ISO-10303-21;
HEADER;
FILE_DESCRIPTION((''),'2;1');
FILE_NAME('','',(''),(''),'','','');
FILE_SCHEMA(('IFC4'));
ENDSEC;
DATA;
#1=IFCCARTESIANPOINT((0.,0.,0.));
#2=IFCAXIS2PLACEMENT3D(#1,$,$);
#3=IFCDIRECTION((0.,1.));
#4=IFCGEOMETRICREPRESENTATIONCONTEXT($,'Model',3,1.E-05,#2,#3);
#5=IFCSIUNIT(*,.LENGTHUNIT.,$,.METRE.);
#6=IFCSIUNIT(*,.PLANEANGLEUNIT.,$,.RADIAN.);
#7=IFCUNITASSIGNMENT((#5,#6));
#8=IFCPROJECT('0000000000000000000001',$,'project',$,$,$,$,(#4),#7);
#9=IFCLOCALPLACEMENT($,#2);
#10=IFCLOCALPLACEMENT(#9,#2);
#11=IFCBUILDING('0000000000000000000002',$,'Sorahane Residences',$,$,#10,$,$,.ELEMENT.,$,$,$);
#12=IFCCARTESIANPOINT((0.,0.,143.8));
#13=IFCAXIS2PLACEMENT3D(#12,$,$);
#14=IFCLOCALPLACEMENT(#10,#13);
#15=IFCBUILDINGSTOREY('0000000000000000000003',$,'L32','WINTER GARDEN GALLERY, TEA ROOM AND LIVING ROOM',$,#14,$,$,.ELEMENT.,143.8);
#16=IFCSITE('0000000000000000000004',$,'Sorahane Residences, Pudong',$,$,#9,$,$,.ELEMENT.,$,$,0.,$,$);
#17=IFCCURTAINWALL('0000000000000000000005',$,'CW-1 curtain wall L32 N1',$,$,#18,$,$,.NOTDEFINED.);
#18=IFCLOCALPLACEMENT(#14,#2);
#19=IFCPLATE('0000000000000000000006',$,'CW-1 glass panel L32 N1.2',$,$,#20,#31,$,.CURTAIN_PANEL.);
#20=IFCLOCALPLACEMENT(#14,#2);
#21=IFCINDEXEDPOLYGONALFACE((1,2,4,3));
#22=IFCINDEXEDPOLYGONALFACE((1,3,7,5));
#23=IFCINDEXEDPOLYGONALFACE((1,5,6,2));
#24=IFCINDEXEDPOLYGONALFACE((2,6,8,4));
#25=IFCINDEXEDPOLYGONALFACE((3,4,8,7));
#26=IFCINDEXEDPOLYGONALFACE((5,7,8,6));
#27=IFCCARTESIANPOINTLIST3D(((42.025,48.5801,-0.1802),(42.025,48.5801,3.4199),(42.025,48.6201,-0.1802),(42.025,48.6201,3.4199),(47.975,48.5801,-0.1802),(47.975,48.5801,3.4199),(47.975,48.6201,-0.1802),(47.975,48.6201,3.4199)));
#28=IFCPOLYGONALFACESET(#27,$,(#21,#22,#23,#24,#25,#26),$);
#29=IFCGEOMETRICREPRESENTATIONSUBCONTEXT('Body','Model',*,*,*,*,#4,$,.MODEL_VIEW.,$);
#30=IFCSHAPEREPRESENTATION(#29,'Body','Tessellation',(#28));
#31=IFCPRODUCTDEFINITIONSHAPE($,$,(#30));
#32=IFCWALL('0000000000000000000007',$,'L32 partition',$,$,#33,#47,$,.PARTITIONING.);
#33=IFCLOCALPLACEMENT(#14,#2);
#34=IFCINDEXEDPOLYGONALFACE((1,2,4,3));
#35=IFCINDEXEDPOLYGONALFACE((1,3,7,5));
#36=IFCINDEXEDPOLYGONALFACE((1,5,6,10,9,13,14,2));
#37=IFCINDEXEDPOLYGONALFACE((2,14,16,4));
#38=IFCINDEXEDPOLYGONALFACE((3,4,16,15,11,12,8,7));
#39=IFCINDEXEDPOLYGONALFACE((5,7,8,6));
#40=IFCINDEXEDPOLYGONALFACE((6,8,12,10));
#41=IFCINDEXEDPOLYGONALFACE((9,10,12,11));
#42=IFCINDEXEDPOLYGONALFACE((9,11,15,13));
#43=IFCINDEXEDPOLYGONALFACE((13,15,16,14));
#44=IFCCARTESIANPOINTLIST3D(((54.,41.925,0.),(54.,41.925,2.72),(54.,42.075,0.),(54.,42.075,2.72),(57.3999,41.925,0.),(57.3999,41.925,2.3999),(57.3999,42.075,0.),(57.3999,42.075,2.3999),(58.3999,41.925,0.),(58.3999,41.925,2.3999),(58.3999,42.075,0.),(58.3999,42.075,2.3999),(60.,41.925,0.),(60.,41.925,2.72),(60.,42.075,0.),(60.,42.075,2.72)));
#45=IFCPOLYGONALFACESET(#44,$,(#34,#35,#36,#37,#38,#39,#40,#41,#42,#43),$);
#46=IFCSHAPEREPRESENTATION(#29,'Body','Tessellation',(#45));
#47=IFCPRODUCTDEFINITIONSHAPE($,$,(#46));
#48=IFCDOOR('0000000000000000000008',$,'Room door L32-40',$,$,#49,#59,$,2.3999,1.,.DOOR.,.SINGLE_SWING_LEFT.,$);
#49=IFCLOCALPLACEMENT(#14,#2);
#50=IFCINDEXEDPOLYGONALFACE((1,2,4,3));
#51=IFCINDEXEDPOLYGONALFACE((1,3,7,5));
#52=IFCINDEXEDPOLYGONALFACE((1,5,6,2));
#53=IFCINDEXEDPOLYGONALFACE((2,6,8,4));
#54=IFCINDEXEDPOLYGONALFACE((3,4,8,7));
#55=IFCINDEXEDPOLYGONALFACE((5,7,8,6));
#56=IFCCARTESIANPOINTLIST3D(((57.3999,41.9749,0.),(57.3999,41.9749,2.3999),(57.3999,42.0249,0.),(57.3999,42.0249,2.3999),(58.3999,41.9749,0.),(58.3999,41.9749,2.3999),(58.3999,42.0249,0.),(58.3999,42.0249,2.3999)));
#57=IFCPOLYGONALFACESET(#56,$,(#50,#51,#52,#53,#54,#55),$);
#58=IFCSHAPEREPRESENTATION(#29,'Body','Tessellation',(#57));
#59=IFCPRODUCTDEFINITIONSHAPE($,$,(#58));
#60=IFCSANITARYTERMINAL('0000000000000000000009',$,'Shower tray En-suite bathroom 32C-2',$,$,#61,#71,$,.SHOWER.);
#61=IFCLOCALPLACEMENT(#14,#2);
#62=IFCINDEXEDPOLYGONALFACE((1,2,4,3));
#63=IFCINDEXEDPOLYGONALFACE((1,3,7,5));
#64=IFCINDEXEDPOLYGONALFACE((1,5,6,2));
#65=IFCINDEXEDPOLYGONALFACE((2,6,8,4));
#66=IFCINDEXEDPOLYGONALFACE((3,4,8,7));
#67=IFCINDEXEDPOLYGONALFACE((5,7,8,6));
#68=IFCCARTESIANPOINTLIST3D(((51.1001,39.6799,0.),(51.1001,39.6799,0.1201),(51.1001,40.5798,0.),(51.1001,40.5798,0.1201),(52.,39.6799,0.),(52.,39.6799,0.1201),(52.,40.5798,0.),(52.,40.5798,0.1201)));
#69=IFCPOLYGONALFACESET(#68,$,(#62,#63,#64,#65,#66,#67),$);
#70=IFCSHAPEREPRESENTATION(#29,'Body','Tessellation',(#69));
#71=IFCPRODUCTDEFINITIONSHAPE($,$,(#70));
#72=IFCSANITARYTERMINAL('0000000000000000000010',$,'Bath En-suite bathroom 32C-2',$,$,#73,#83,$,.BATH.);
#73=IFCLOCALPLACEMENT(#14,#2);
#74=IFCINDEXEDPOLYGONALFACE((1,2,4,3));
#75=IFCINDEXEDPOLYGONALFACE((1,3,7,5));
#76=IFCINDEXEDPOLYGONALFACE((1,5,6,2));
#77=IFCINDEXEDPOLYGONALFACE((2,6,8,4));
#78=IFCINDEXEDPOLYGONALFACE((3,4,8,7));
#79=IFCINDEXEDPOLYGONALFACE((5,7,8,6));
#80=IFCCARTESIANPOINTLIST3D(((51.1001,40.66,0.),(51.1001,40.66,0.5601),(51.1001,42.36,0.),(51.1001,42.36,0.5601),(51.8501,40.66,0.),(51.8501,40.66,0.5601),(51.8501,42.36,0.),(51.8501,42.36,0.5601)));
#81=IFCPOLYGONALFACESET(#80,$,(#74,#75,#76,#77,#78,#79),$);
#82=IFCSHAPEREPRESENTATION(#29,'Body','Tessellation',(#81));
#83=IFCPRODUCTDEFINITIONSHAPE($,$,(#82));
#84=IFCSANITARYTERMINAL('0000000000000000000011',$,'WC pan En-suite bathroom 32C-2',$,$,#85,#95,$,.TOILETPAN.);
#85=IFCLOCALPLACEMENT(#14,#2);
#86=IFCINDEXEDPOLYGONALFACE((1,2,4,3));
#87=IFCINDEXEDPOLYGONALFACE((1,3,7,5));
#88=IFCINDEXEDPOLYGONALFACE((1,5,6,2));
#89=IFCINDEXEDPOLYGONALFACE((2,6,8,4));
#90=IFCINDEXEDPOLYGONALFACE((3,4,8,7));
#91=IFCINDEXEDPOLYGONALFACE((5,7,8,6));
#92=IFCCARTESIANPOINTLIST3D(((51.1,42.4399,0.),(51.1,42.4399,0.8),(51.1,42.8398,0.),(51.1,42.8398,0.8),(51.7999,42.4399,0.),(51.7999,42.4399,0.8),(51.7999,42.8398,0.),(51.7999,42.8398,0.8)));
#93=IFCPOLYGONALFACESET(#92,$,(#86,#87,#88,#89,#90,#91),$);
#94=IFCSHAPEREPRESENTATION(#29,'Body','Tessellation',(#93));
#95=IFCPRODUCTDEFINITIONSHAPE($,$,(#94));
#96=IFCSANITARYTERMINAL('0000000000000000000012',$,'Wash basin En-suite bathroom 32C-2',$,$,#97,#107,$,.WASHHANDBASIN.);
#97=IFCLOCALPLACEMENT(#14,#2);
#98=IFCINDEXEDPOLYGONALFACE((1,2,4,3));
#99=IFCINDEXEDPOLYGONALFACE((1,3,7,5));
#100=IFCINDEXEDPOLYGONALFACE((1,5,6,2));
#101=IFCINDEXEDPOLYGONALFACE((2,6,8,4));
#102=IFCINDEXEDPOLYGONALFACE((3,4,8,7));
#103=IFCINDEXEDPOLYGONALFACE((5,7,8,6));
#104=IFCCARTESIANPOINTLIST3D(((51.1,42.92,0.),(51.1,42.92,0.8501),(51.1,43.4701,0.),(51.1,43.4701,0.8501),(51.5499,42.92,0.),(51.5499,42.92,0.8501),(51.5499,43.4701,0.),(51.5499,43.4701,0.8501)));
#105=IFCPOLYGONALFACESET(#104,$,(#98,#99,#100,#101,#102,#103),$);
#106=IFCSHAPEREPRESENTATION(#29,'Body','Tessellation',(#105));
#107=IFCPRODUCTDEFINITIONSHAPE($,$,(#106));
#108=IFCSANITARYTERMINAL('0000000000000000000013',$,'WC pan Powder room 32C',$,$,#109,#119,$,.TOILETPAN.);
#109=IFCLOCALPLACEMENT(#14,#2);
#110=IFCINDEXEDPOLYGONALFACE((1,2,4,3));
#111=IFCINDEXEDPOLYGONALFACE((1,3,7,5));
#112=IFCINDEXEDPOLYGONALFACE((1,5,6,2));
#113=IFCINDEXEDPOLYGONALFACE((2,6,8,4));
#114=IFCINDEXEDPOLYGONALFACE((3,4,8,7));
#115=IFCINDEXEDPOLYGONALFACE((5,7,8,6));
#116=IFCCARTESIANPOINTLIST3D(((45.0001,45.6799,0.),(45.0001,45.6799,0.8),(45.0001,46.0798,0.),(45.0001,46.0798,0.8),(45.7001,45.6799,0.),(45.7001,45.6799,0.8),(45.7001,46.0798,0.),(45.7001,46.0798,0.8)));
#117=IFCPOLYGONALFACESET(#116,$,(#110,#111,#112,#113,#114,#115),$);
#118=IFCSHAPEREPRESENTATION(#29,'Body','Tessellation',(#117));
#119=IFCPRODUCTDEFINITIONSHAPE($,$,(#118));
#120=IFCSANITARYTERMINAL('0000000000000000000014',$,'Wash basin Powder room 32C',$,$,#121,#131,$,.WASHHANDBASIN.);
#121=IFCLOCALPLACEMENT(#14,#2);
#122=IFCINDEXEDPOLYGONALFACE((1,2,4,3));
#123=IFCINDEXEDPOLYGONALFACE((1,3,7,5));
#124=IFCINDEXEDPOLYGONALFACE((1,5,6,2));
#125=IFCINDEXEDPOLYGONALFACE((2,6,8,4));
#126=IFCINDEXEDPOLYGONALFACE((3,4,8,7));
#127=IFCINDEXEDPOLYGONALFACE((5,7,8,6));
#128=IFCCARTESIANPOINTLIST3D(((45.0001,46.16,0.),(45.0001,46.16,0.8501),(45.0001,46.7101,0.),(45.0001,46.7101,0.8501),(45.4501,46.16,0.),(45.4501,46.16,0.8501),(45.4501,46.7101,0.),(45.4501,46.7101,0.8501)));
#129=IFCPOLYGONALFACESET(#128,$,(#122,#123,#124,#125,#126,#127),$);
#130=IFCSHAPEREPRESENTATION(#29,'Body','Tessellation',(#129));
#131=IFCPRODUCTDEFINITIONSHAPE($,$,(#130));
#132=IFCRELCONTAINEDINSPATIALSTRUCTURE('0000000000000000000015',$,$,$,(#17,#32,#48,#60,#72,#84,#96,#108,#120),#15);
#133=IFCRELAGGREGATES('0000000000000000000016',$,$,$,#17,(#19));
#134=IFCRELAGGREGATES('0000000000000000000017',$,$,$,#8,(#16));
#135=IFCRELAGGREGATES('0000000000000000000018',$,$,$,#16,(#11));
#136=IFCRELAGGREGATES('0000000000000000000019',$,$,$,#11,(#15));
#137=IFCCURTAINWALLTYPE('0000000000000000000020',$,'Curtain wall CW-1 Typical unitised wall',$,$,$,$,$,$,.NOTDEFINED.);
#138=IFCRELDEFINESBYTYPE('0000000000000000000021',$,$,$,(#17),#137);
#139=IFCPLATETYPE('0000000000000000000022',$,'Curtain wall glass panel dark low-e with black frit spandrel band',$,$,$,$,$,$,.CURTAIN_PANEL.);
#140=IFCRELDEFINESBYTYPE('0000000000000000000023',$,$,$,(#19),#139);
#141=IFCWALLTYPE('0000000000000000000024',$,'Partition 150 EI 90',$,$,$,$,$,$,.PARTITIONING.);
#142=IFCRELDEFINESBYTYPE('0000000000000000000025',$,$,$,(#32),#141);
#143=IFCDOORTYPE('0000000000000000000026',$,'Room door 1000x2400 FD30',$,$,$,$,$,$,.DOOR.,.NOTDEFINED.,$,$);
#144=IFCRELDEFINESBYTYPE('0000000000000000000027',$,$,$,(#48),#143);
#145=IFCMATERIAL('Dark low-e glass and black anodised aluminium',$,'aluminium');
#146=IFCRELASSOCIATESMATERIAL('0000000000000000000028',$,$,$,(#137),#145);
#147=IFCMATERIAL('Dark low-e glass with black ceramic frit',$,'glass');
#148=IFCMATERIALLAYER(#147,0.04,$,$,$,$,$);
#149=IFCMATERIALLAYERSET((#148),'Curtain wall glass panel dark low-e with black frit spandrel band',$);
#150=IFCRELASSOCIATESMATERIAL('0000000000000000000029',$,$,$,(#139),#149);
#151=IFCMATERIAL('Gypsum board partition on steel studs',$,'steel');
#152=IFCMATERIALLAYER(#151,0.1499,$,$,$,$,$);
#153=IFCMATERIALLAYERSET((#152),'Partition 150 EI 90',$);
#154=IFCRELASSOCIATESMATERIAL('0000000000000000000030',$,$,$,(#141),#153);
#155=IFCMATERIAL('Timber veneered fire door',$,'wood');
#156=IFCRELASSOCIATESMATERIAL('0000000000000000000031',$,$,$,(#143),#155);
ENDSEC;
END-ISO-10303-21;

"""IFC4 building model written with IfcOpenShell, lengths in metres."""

from ifc_helpers import new_model, si_unit, direction, frame, frame_2d, origin, origin_2d, place, context, subcontext, project, spatial, rectangle, extrude, material, layer, layer_set, type_object, element, fill, aggregate, save


model = new_model("IFC4")

# Units and contexts
model_context = context("Model", 3, precision=1e-05, world=origin(), true_north=direction((0.0, 1.0)))
body_context = subcontext(model_context, "Body", "Model", "MODEL_VIEW")
ifc_project = project(units=[si_unit("LENGTHUNIT", "METRE"), si_unit("PLANEANGLEUNIT", "RADIAN")], contexts=[model_context])

# Site, building, storey
site_placement = place(None, origin())
site = spatial("IfcSite", under=ifc_project, at=site_placement, Name="Sorahane Residences, Pudong", CompositionType="ELEMENT", RefElevation=0.0)
building_placement = place(site_placement, origin())
building = spatial("IfcBuilding", under=site, at=building_placement, Name="Sorahane Residences", CompositionType="ELEMENT")
storey_placement = place(building_placement, frame((0.0, 0.0, 143.8)))
storey = spatial("IfcBuildingStorey", under=building, at=storey_placement, Name="L32", Description="WINTER GARDEN GALLERY, TEA ROOM AND LIVING ROOM", CompositionType="ELEMENT", Elevation=143.8)

# Curtain wall
ifc_material_1 = material(Name="Dark low-e glass and black anodised aluminium", Category="aluminium")
curtain_wall_type_1 = type_object("IfcCurtainWallType", Name="Curtain wall CW-1 Typical unitised wall", PredefinedType="NOTDEFINED", material=ifc_material_1)
curtain_wall_1_placement = place(storey_placement, origin())
curtain_wall_1 = element("IfcCurtainWall", 1, at=curtain_wall_1_placement, inside=storey, type_object=curtain_wall_type_1, Name="CW-1 curtain wall L32 N1", PredefinedType="NOTDEFINED")

# Plate
ifc_material_2 = material(Name="Dark low-e glass with black ceramic frit", Category="glass")
ifc_layer_1 = layer(ifc_material_2, 0.04)
ifc_layer_set_1 = layer_set([ifc_layer_1], Name="Curtain wall glass panel dark low-e with black frit spandrel band")
plate_type = type_object("IfcPlateType", Name="Curtain wall glass panel dark low-e with black frit spandrel band", PredefinedType="CURTAIN_PANEL", material=ifc_layer_set_1)
plate_1_placement = place(storey_placement, frame((45.0, 48.6001, -0.1802), z_axis=(0.0, 0.0, 1.0), x_axis=(-1.0, 0.0, 0.0)))
plate_1 = element("IfcPlate", 2, at=plate_1_placement, type_object=plate_type, Name="CW-1 glass panel L32 N1.2", PredefinedType="CURTAIN_PANEL", context=body_context, shape_type="SweptSolid", body=[
    extrude(rectangle(XDim=5.95, YDim=0.04, at=origin_2d()), origin(), (0.0, 0.0, 1.0), 3.6001),
])
aggregate(curtain_wall_1, [plate_1])

# Wall, opening, door
ifc_material_3 = material(Name="Gypsum board partition on steel studs", Category="steel")
ifc_layer_2 = layer(ifc_material_3, 0.1499)
ifc_layer_set_2 = layer_set([ifc_layer_2], Name="Partition 150 EI 90")
wall_type_1 = type_object("IfcWallType", Name="Partition 150 EI 90", PredefinedType="PARTITIONING", material=ifc_layer_set_2)
wall_1_placement = place(storey_placement, frame((54.0, 42.0, 0.0), z_axis=(0.0, 0.0, 1.0), x_axis=(1.0, 0.0, 0.0)))
wall_1 = element("IfcWall", 3, at=wall_1_placement, inside=storey, type_object=wall_type_1, Name="L32 partition", PredefinedType="PARTITIONING", context=body_context, shape_type="SweptSolid", body=[
    extrude(rectangle(XDim=6.0, YDim=0.1499, at=frame_2d((3.0, 0.0))), origin(), (0.0, 0.0, 1.0), 2.72),
])
opening_1_placement = place(wall_1_placement, frame((3.3999, 0.0, 0.0)))
opening_1 = element("IfcOpeningElement", 4, at=opening_1_placement, cuts=wall_1, PredefinedType="OPENING", context=body_context, shape_type="SweptSolid", body=[
    extrude(rectangle(XDim=1.0, YDim=2.3999, at=frame_2d((0.5, 1.2))), frame((0.0, 0.085, 0.0), z_axis=(0.0, -1.0, 0.0), x_axis=(1.0, 0.0, 0.0)), (0.0, 0.0, 1.0), 0.1699),
])
ifc_material_4 = material(Name="Timber veneered fire door", Category="wood")
door_type_1 = type_object("IfcDoorType", Name="Room door 1000x2400 FD30", OperationType="NOTDEFINED", PredefinedType="DOOR", material=ifc_material_4)
door_1_placement = place(opening_1_placement, origin())
door_1 = element("IfcDoor", 5, at=door_1_placement, inside=storey, type_object=door_type_1, Name="Room door L32-40", OperationType="SINGLE_SWING_LEFT", OverallHeight=2.3999, OverallWidth=1.0, PredefinedType="DOOR", context=body_context, shape_type="SweptSolid", body=[
    extrude(rectangle(XDim=1.0, YDim=2.3999, at=frame_2d((0.5, 1.2))), frame((0.0, 0.0249, 0.0), z_axis=(0.0, -1.0, 0.0), x_axis=(1.0, 0.0, 0.0)), (0.0, 0.0, 1.0), 0.05),
])
fill(opening_1, door_1)

# Sanitary terminals
sanitary_terminal_1_placement = place(storey_placement, frame((51.55, 40.1299, 0.0), z_axis=(0.0, 0.0, 1.0), x_axis=(0.0, 1.0, 0.0)))
element("IfcSanitaryTerminal", 6, at=sanitary_terminal_1_placement, inside=storey, Name="Shower tray En-suite bathroom 32C-2", PredefinedType="SHOWER", context=body_context, shape_type="SweptSolid", body=[
    extrude(rectangle(XDim=0.8999, YDim=0.8999, at=origin_2d()), origin(), (0.0, 0.0, 1.0), 0.1201),
])
sanitary_terminal_2_placement = place(storey_placement, frame((51.4751, 41.51, 0.0), z_axis=(0.0, 0.0, 1.0), x_axis=(0.0, 1.0, 0.0)))
element("IfcSanitaryTerminal", 7, at=sanitary_terminal_2_placement, inside=storey, Name="Bath En-suite bathroom 32C-2", PredefinedType="BATH", context=body_context, shape_type="SweptSolid", body=[
    extrude(rectangle(XDim=1.7, YDim=0.75, at=origin_2d()), origin(), (0.0, 0.0, 1.0), 0.5601),
])
sanitary_terminal_3_placement = place(storey_placement, frame((51.45, 42.6399, 0.0), z_axis=(0.0, 0.0, 1.0), x_axis=(0.0, 1.0, 0.0)))
element("IfcSanitaryTerminal", 8, at=sanitary_terminal_3_placement, inside=storey, Name="WC pan En-suite bathroom 32C-2", PredefinedType="TOILETPAN", context=body_context, shape_type="SweptSolid", body=[
    extrude(rectangle(XDim=0.3999, YDim=0.7, at=origin_2d()), origin(), (0.0, 0.0, 1.0), 0.8),
])
sanitary_terminal_4_placement = place(storey_placement, frame((51.325, 43.1951, 0.0), z_axis=(0.0, 0.0, 1.0), x_axis=(0.0, 1.0, 0.0)))
element("IfcSanitaryTerminal", 9, at=sanitary_terminal_4_placement, inside=storey, Name="Wash basin En-suite bathroom 32C-2", PredefinedType="WASHHANDBASIN", context=body_context, shape_type="SweptSolid", body=[
    extrude(rectangle(XDim=0.55, YDim=0.45, at=origin_2d()), origin(), (0.0, 0.0, 1.0), 0.8501),
])
sanitary_terminal_5_placement = place(storey_placement, frame((45.3501, 45.8799, 0.0), z_axis=(0.0, 0.0, 1.0), x_axis=(0.0, 1.0, 0.0)))
element("IfcSanitaryTerminal", 10, at=sanitary_terminal_5_placement, inside=storey, Name="WC pan Powder room 32C", PredefinedType="TOILETPAN", context=body_context, shape_type="SweptSolid", body=[
    extrude(rectangle(XDim=0.3999, YDim=0.7, at=origin_2d()), origin(), (0.0, 0.0, 1.0), 0.8),
])
sanitary_terminal_6_placement = place(storey_placement, frame((45.2251, 46.4351, 0.0), z_axis=(0.0, 0.0, 1.0), x_axis=(0.0, 1.0, 0.0)))
element("IfcSanitaryTerminal", 11, at=sanitary_terminal_6_placement, inside=storey, Name="Wash basin Powder room 32C", PredefinedType="WASHHANDBASIN", context=body_context, shape_type="SweptSolid", body=[
    extrude(rectangle(XDim=0.55, YDim=0.45, at=origin_2d()), origin(), (0.0, 0.0, 1.0), 0.8501),
])

save(model, "model.ifc")
